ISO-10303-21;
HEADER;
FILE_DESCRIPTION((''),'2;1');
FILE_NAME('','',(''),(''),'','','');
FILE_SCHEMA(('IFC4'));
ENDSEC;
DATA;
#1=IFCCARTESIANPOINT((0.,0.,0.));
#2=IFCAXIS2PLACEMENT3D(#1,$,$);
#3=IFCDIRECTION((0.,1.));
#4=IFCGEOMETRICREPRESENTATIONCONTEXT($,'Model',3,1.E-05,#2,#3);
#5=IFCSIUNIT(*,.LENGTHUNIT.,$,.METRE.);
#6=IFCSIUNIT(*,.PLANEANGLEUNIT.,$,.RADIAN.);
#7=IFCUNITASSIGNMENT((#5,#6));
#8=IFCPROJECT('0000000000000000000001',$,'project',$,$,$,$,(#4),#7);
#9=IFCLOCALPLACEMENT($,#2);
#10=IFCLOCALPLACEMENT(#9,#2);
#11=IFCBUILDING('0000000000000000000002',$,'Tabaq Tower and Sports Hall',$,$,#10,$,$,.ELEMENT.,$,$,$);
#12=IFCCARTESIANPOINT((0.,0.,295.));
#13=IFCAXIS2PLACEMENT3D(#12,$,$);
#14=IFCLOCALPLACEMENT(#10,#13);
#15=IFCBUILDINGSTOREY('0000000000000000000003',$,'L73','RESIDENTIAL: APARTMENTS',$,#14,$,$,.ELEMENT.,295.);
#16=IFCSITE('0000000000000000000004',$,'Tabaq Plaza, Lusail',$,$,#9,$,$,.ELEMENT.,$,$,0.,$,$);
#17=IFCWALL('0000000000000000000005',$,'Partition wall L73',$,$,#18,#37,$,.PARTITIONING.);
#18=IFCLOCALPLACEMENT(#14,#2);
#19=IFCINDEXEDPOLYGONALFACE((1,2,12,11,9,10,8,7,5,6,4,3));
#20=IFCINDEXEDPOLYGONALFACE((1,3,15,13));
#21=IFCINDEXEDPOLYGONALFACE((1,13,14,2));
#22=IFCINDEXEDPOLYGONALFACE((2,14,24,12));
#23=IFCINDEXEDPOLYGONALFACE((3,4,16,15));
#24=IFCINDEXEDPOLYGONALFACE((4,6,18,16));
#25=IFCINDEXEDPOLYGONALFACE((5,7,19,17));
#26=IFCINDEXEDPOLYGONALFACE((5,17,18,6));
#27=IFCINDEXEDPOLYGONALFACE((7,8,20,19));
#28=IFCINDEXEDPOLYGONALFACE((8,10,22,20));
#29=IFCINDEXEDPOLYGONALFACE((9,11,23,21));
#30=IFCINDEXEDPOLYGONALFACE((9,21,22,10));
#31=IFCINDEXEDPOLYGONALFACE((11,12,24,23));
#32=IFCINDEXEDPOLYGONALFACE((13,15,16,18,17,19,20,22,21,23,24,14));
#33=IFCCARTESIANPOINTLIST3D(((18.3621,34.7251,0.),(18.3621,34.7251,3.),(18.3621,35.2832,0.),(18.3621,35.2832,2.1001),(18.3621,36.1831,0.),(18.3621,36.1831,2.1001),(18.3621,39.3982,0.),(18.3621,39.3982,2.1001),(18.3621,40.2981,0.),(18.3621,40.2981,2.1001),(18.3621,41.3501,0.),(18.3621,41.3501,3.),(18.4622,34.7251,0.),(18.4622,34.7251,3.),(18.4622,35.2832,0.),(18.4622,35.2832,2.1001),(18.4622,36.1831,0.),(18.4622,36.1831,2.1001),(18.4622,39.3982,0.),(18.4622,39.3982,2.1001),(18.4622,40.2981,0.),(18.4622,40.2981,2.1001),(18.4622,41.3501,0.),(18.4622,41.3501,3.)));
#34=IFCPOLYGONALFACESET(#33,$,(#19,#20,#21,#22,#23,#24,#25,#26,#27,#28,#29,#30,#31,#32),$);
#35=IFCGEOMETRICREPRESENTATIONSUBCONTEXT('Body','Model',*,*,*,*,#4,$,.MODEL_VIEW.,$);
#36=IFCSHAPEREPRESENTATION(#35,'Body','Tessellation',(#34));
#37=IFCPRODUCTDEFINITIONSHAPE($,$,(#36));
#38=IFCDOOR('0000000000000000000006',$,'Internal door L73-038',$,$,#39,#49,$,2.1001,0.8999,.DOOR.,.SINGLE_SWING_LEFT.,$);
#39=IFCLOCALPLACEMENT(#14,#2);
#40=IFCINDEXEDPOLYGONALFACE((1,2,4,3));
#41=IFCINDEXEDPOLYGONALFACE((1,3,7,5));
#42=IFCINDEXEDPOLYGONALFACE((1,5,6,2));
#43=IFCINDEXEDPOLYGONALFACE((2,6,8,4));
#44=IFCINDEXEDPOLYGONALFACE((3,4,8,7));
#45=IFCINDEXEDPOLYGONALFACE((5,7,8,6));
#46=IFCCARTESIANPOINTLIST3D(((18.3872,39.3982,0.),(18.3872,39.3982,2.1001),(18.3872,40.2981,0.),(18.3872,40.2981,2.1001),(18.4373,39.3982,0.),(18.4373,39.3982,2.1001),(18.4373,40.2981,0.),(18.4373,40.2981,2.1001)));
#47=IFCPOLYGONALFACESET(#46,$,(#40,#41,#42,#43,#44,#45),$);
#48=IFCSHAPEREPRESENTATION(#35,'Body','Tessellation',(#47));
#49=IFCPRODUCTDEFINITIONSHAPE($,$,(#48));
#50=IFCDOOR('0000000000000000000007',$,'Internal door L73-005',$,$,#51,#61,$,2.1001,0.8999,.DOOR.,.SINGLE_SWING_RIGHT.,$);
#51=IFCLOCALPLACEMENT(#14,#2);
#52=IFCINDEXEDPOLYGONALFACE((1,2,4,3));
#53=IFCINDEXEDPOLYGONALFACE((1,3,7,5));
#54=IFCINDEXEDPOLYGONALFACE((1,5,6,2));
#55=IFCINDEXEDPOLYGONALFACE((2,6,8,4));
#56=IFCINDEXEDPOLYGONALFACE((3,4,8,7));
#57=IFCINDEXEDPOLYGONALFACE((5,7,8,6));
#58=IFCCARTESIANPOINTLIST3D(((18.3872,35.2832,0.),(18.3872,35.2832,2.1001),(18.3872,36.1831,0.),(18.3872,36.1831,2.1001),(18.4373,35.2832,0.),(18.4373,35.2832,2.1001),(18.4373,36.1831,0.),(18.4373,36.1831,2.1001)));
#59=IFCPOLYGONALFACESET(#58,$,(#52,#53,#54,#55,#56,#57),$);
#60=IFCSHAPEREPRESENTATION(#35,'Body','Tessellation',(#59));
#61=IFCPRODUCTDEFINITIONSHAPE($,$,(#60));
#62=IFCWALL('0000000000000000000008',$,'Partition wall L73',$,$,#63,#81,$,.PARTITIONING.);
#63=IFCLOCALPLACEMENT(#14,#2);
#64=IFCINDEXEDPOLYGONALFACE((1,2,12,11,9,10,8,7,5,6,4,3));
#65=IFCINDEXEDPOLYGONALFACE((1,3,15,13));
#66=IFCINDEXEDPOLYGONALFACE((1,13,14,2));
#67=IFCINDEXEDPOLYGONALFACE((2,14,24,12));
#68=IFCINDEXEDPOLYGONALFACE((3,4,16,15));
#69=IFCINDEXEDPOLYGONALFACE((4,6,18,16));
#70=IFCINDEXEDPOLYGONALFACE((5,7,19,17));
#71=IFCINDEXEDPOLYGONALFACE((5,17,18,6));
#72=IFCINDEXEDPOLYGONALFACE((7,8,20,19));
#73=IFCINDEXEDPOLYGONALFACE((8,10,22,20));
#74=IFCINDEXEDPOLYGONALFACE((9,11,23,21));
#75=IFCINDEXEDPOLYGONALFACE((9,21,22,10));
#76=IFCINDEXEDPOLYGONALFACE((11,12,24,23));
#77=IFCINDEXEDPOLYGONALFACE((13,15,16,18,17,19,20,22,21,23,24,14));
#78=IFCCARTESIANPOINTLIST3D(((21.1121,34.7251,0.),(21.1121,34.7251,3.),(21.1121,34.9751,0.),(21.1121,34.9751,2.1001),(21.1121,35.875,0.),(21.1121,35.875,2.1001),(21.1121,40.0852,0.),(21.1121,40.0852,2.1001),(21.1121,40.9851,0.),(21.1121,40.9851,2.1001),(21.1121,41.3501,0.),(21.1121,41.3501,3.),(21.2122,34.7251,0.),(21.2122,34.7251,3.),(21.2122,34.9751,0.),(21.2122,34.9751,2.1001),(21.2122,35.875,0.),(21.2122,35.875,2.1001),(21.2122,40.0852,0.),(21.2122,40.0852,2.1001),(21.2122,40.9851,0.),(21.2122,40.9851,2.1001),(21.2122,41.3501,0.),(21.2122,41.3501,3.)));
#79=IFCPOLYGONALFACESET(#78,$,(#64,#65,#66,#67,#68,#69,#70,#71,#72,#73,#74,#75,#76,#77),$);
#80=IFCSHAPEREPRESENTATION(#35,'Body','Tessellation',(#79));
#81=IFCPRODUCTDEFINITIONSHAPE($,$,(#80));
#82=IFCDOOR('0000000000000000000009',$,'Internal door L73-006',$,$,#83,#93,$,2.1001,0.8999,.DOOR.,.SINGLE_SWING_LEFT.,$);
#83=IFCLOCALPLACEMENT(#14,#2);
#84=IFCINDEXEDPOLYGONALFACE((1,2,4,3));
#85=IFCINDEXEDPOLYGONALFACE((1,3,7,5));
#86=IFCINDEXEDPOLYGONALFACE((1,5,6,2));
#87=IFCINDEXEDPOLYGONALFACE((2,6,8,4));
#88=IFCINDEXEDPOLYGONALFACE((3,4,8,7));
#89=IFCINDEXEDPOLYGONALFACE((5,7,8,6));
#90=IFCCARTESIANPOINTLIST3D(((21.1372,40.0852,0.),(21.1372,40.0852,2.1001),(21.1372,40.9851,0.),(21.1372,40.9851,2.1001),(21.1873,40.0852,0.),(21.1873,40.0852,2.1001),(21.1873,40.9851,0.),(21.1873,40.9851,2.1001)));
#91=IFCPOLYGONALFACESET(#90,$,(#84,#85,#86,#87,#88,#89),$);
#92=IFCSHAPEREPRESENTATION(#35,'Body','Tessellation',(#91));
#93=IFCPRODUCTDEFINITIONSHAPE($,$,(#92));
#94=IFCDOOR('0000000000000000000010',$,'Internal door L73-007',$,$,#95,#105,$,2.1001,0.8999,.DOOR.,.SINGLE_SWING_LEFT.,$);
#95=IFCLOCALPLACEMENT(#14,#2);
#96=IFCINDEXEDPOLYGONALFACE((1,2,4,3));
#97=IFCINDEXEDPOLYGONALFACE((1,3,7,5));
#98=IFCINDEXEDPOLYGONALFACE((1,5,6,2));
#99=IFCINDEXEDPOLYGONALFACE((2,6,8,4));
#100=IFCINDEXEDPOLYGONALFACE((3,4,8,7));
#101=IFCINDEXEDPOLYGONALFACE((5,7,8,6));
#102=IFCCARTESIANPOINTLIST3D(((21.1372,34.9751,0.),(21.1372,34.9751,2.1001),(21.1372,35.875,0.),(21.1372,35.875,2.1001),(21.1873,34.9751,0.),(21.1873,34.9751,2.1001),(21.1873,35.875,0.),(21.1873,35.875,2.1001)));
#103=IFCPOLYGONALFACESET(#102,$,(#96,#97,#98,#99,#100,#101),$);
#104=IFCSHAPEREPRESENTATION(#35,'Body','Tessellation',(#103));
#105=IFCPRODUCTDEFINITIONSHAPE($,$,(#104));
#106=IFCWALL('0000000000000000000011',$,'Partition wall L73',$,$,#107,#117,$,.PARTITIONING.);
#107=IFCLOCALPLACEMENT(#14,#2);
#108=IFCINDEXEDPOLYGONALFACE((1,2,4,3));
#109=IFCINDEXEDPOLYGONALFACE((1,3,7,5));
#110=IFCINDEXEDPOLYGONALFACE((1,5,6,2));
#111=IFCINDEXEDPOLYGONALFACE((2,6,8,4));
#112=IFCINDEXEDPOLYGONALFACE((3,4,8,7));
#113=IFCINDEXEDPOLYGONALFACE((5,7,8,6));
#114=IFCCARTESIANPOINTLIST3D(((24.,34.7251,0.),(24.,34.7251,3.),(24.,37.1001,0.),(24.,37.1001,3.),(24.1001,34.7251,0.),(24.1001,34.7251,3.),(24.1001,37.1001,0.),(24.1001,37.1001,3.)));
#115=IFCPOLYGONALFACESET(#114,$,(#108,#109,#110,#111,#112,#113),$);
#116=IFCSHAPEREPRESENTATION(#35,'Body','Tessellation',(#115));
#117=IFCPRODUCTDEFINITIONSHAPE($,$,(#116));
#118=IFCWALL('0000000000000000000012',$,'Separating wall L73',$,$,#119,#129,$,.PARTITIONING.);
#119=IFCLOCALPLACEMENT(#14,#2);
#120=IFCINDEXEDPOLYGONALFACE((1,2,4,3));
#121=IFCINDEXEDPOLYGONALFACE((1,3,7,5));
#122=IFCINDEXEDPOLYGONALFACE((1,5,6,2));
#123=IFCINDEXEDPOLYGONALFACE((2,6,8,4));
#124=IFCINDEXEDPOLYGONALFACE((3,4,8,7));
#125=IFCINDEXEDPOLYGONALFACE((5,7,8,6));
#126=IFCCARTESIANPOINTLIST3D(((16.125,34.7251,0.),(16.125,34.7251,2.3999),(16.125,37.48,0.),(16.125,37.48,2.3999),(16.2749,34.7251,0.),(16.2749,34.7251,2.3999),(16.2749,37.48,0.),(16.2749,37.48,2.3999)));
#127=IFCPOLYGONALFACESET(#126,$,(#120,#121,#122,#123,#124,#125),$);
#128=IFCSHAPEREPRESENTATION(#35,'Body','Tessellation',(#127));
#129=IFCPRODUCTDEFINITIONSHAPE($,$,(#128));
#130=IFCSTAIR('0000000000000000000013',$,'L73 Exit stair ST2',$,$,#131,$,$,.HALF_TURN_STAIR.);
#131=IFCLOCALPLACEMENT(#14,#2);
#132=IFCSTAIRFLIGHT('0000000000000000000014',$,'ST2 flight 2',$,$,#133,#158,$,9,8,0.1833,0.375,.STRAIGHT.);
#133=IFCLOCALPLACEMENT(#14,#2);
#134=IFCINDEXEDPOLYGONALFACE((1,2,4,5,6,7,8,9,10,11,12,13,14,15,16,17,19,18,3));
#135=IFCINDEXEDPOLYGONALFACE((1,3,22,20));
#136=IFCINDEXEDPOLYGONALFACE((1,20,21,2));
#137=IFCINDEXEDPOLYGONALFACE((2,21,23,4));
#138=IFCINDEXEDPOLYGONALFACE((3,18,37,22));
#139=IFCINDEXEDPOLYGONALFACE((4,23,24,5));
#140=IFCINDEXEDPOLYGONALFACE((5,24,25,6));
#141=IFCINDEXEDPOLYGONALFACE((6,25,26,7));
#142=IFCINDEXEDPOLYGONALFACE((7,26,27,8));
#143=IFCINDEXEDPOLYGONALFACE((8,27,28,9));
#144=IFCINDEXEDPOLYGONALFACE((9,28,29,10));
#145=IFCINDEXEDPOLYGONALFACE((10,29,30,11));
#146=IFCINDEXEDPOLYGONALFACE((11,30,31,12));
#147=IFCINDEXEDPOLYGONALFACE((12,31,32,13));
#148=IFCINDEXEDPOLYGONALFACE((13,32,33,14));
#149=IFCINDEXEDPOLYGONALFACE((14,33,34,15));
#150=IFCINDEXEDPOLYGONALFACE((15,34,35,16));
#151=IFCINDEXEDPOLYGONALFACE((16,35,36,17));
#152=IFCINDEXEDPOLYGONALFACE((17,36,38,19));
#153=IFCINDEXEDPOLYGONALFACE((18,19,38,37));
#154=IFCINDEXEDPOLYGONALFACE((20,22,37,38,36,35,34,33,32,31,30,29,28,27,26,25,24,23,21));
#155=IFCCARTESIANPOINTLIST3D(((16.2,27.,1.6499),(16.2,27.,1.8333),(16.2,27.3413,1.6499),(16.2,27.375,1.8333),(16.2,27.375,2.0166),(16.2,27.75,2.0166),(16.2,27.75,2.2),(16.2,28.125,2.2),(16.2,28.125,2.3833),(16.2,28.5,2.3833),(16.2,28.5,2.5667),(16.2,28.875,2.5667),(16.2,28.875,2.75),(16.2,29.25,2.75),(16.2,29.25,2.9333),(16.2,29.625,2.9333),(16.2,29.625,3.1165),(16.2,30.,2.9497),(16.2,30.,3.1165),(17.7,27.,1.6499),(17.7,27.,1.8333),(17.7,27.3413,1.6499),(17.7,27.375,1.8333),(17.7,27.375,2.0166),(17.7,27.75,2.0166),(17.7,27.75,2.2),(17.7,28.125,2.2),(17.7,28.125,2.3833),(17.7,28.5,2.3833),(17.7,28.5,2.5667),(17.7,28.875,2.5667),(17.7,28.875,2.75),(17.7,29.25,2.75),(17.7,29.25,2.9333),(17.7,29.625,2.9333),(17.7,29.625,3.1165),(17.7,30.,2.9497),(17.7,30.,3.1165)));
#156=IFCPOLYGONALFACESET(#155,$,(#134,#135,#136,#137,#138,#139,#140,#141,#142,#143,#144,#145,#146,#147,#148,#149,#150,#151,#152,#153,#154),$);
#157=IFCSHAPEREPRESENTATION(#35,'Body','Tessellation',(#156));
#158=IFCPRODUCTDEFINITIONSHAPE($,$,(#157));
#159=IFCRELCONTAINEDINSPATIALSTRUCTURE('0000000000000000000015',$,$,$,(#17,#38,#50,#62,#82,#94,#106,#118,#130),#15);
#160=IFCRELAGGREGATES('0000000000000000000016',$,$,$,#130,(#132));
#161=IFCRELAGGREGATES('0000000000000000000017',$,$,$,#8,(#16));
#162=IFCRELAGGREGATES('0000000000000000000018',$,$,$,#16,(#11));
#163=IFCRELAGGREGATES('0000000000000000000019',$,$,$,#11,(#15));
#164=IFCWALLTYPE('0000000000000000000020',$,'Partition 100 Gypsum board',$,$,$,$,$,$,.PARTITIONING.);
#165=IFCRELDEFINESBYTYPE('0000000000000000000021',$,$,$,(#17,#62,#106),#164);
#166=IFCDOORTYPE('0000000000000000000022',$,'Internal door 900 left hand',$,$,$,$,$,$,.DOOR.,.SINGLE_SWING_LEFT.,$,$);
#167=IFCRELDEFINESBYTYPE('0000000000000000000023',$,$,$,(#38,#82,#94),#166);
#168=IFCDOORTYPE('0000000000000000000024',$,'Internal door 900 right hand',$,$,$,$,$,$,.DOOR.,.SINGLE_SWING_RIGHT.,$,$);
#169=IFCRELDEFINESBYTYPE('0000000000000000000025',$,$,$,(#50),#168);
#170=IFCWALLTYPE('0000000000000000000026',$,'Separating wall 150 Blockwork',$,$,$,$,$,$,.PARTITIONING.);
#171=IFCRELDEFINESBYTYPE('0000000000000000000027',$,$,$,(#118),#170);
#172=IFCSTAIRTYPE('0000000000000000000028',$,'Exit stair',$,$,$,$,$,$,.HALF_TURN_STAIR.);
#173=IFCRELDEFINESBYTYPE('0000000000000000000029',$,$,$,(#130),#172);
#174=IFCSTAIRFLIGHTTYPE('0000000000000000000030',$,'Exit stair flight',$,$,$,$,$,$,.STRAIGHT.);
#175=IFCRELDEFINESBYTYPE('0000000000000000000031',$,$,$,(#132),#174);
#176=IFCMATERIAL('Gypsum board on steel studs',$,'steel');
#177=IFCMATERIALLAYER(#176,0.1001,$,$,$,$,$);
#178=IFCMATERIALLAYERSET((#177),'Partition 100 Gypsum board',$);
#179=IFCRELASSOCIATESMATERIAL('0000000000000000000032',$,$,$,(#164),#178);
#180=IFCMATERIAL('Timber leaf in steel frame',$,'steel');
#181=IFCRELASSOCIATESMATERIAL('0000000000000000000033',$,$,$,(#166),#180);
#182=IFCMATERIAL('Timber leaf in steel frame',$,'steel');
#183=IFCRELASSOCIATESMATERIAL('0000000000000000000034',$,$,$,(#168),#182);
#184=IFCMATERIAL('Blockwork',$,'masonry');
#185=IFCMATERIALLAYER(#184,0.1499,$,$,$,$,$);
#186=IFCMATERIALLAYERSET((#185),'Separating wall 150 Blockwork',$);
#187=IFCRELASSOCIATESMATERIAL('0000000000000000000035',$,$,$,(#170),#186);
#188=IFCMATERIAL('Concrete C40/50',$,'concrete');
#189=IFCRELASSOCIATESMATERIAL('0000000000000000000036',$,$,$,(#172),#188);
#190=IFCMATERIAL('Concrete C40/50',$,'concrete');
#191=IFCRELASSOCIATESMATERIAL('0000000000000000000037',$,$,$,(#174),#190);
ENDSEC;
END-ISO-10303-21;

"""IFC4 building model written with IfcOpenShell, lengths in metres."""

from ifc_helpers import new_model, si_unit, direction, frame, frame_2d, origin, place, context, subcontext, project, spatial, polyline, rectangle, outline, extrude, material, layer, layer_set, type_object, element, fill, aggregate, save


model = new_model("IFC4")

# Units and contexts
model_context = context("Model", 3, precision=1e-05, world=origin(), true_north=direction((0.0, 1.0)))
body_context = subcontext(model_context, "Body", "Model", "MODEL_VIEW")
ifc_project = project(units=[si_unit("LENGTHUNIT", "METRE"), si_unit("PLANEANGLEUNIT", "RADIAN")], contexts=[model_context])

# Site, building, storey
site_placement = place(None, origin())
site = spatial("IfcSite", under=ifc_project, at=site_placement, Name="Tabaq Plaza, Lusail", CompositionType="ELEMENT", RefElevation=0.0)
building_placement = place(site_placement, origin())
building = spatial("IfcBuilding", under=site, at=building_placement, Name="Tabaq Tower and Sports Hall", CompositionType="ELEMENT")
storey_placement = place(building_placement, frame((0.0, 0.0, 295.0)))
storey = spatial("IfcBuildingStorey", under=building, at=storey_placement, Name="L73", Description="RESIDENTIAL: APARTMENTS", CompositionType="ELEMENT", Elevation=295.0)

# Shared definitions
ifc_material_1 = material(Name="Gypsum board on steel studs", Category="steel")
ifc_layer_1 = layer(ifc_material_1, 0.1001)
ifc_layer_set_1 = layer_set([ifc_layer_1], Name="Partition 100 Gypsum board")
wall_type_1 = type_object("IfcWallType", Name="Partition 100 Gypsum board", PredefinedType="PARTITIONING", material=ifc_layer_set_1)

# Walls, openings, doors
wall_1_placement = place(storey_placement, frame((18.4121, 34.7251, 0.0), z_axis=(0.0, 0.0, 1.0), x_axis=(0.0, 1.0, 0.0)))
wall_1 = element("IfcWall", 1, at=wall_1_placement, inside=storey, type_object=wall_type_1, Name="Partition wall L73", PredefinedType="PARTITIONING", context=body_context, shape_type="SweptSolid", body=[
    extrude(rectangle(XDim=6.625, YDim=0.1001, at=frame_2d((3.3125, 0.0))), origin(), (0.0, 0.0, 1.0), 3.0),
])
opening_1_placement = place(wall_1_placement, frame((0.5581, 0.0, 0.0)))
opening_1 = element("IfcOpeningElement", 2, at=opening_1_placement, cuts=wall_1, PredefinedType="OPENING", context=body_context, shape_type="SweptSolid", body=[
    extrude(rectangle(XDim=0.8999, YDim=2.1001, at=frame_2d((0.45, 1.05))), frame((0.0, 0.05, 0.0), z_axis=(0.0, -1.0, 0.0), x_axis=(1.0, 0.0, 0.0)), (0.0, 0.0, 1.0), 0.1001),
])
opening_2_placement = place(wall_1_placement, frame((4.6731, 0.0, 0.0)))
opening_2 = element("IfcOpeningElement", 3, at=opening_2_placement, cuts=wall_1, PredefinedType="OPENING", context=body_context, shape_type="SweptSolid", body=[
    extrude(rectangle(XDim=0.8999, YDim=2.1001, at=frame_2d((0.45, 1.05))), frame((0.0, 0.05, 0.0), z_axis=(0.0, -1.0, 0.0), x_axis=(1.0, 0.0, 0.0)), (0.0, 0.0, 1.0), 0.1001),
])
ifc_material_2 = material(Name="Timber leaf in steel frame", Category="steel")
door_type_1 = type_object("IfcDoorType", Name="Internal door 900 left hand", OperationType="SINGLE_SWING_LEFT", PredefinedType="DOOR", material=ifc_material_2)
door_1_placement = place(opening_2_placement, origin())
door_1 = element("IfcDoor", 4, at=door_1_placement, inside=storey, type_object=door_type_1, Name="Internal door L73-038", OperationType="SINGLE_SWING_LEFT", OverallHeight=2.1001, OverallWidth=0.8999, PredefinedType="DOOR", context=body_context, shape_type="SweptSolid", body=[
    extrude(rectangle(XDim=0.8999, YDim=2.1001, at=frame_2d((0.45, 1.05))), frame((0.0, 0.0249, 0.0), z_axis=(0.0, -1.0, 0.0), x_axis=(1.0, 0.0, 0.0)), (0.0, 0.0, 1.0), 0.05),
])
fill(opening_2, door_1)
ifc_material_3 = material(Name="Timber leaf in steel frame", Category="steel")
door_type_2 = type_object("IfcDoorType", Name="Internal door 900 right hand", OperationType="SINGLE_SWING_RIGHT", PredefinedType="DOOR", material=ifc_material_3)
door_2_placement = place(opening_1_placement, origin())
door_2 = element("IfcDoor", 5, at=door_2_placement, inside=storey, type_object=door_type_2, Name="Internal door L73-005", OperationType="SINGLE_SWING_RIGHT", OverallHeight=2.1001, OverallWidth=0.8999, PredefinedType="DOOR", context=body_context, shape_type="SweptSolid", body=[
    extrude(rectangle(XDim=0.8999, YDim=2.1001, at=frame_2d((0.45, 1.05))), frame((0.0, 0.0249, 0.0), z_axis=(0.0, -1.0, 0.0), x_axis=(1.0, 0.0, 0.0)), (0.0, 0.0, 1.0), 0.05),
])
fill(opening_1, door_2)
wall_2_placement = place(storey_placement, frame((21.1621, 34.7251, 0.0), z_axis=(0.0, 0.0, 1.0), x_axis=(0.0, 1.0, 0.0)))
wall_2 = element("IfcWall", 6, at=wall_2_placement, inside=storey, type_object=wall_type_1, Name="Partition wall L73", PredefinedType="PARTITIONING", context=body_context, shape_type="SweptSolid", body=[
    extrude(rectangle(XDim=6.625, YDim=0.1001, at=frame_2d((3.3125, 0.0))), origin(), (0.0, 0.0, 1.0), 3.0),
])
opening_3_placement = place(wall_2_placement, frame((5.3601, 0.0, 0.0)))
opening_3 = element("IfcOpeningElement", 7, at=opening_3_placement, cuts=wall_2, PredefinedType="OPENING", context=body_context, shape_type="SweptSolid", body=[
    extrude(rectangle(XDim=0.8999, YDim=2.1001, at=frame_2d((0.45, 1.05))), frame((0.0, 0.05, 0.0), z_axis=(0.0, -1.0, 0.0), x_axis=(1.0, 0.0, 0.0)), (0.0, 0.0, 1.0), 0.1001),
])
opening_4_placement = place(wall_2_placement, frame((0.25, 0.0, 0.0)))
opening_4 = element("IfcOpeningElement", 8, at=opening_4_placement, cuts=wall_2, PredefinedType="OPENING", context=body_context, shape_type="SweptSolid", body=[
    extrude(rectangle(XDim=0.8999, YDim=2.1001, at=frame_2d((0.45, 1.05))), frame((0.0, 0.05, 0.0), z_axis=(0.0, -1.0, 0.0), x_axis=(1.0, 0.0, 0.0)), (0.0, 0.0, 1.0), 0.1001),
])
door_3_placement = place(opening_3_placement, origin())
door_3 = element("IfcDoor", 9, at=door_3_placement, inside=storey, type_object=door_type_1, Name="Internal door L73-006", OperationType="SINGLE_SWING_LEFT", OverallHeight=2.1001, OverallWidth=0.8999, PredefinedType="DOOR", context=body_context, shape_type="SweptSolid", body=[
    extrude(rectangle(XDim=0.8999, YDim=2.1001, at=frame_2d((0.45, 1.05))), frame((0.0, 0.0249, 0.0), z_axis=(0.0, -1.0, 0.0), x_axis=(1.0, 0.0, 0.0)), (0.0, 0.0, 1.0), 0.05),
])
fill(opening_3, door_3)
door_4_placement = place(opening_4_placement, origin())
door_4 = element("IfcDoor", 10, at=door_4_placement, inside=storey, type_object=door_type_1, Name="Internal door L73-007", OperationType="SINGLE_SWING_LEFT", OverallHeight=2.1001, OverallWidth=0.8999, PredefinedType="DOOR", context=body_context, shape_type="SweptSolid", body=[
    extrude(rectangle(XDim=0.8999, YDim=2.1001, at=frame_2d((0.45, 1.05))), frame((0.0, 0.0249, 0.0), z_axis=(0.0, -1.0, 0.0), x_axis=(1.0, 0.0, 0.0)), (0.0, 0.0, 1.0), 0.05),
])
fill(opening_4, door_4)

# Walls
wall_3_placement = place(storey_placement, frame((24.05, 34.7251, 0.0), z_axis=(0.0, 0.0, 1.0), x_axis=(0.0, 1.0, 0.0)))
element("IfcWall", 11, at=wall_3_placement, inside=storey, type_object=wall_type_1, Name="Partition wall L73", PredefinedType="PARTITIONING", context=body_context, shape_type="SweptSolid", body=[
    extrude(rectangle(XDim=2.375, YDim=0.1001, at=frame_2d((1.1875, 0.0))), origin(), (0.0, 0.0, 1.0), 3.0),
])
ifc_material_4 = material(Name="Blockwork", Category="masonry")
ifc_layer_2 = layer(ifc_material_4, 0.1499)
ifc_layer_set_2 = layer_set([ifc_layer_2], Name="Separating wall 150 Blockwork")
wall_type_2 = type_object("IfcWallType", Name="Separating wall 150 Blockwork", PredefinedType="PARTITIONING", material=ifc_layer_set_2)
wall_4_placement = place(storey_placement, frame((16.2, 34.7251, 0.0), z_axis=(0.0, 0.0, 1.0), x_axis=(0.0, 1.0, 0.0)))
element("IfcWall", 12, at=wall_4_placement, inside=storey, type_object=wall_type_2, Name="Separating wall L73", PredefinedType="PARTITIONING", context=body_context, shape_type="SweptSolid", body=[
    extrude(rectangle(XDim=2.7549, YDim=0.1499, at=frame_2d((1.3774, 0.0))), origin(), (0.0, 0.0, 1.0), 2.3999),
])

# Stair, stair flight
ifc_material_5 = material(Name="Concrete C40/50", Category="concrete")
stair_type = type_object("IfcStairType", Name="Exit stair", PredefinedType="HALF_TURN_STAIR", material=ifc_material_5)
stair_placement = place(storey_placement, origin())
stair = element("IfcStair", 13, at=stair_placement, inside=storey, type_object=stair_type, Name="L73 Exit stair ST2", PredefinedType="HALF_TURN_STAIR")
ifc_material_6 = material(Name="Concrete C40/50", Category="concrete")
stair_flight_type = type_object("IfcStairFlightType", Name="Exit stair flight", PredefinedType="STRAIGHT", material=ifc_material_6)
stair_flight_placement = place(storey_placement, frame((16.95, 27.0, 1.6499), z_axis=(0.0, 0.0, 1.0), x_axis=(0.0, 1.0, 0.0)))
stair_flight = element("IfcStairFlight", 14, at=stair_flight_placement, type_object=stair_flight_type, Name="ST2 flight 2", NumberOfRisers=9, NumberOfTreads=8, PredefinedType="STRAIGHT", RiserHeight=0.1833, TreadLength=0.375, context=body_context, shape_type="SweptSolid", body=[
    extrude(outline(polyline([(0.0, 0.0), (0.0, 0.1833), (0.375, 0.1833), (0.375, 0.3667), (0.75, 0.3667), (0.75, 0.55), (1.125, 0.55), (1.125, 0.7334), (1.5, 0.7334), (1.5, 0.9167), (1.875, 0.9167), (1.875, 1.1001), (2.25, 1.1001), (2.25, 1.2834), (2.625, 1.2834), (2.625, 1.4666), (3.0, 1.4666), (3.0, 1.6499), (3.0, 1.2998), (0.3413, 0.0), (0.0, 0.0)])), frame((0.0, 0.75, 0.0), z_axis=(0.0, -1.0, 0.0), x_axis=(1.0, 0.0, 0.0)), (0.0, 0.0, 1.0), 1.5),
])
aggregate(stair, [stair_flight])

save(model, "model.ifc")
